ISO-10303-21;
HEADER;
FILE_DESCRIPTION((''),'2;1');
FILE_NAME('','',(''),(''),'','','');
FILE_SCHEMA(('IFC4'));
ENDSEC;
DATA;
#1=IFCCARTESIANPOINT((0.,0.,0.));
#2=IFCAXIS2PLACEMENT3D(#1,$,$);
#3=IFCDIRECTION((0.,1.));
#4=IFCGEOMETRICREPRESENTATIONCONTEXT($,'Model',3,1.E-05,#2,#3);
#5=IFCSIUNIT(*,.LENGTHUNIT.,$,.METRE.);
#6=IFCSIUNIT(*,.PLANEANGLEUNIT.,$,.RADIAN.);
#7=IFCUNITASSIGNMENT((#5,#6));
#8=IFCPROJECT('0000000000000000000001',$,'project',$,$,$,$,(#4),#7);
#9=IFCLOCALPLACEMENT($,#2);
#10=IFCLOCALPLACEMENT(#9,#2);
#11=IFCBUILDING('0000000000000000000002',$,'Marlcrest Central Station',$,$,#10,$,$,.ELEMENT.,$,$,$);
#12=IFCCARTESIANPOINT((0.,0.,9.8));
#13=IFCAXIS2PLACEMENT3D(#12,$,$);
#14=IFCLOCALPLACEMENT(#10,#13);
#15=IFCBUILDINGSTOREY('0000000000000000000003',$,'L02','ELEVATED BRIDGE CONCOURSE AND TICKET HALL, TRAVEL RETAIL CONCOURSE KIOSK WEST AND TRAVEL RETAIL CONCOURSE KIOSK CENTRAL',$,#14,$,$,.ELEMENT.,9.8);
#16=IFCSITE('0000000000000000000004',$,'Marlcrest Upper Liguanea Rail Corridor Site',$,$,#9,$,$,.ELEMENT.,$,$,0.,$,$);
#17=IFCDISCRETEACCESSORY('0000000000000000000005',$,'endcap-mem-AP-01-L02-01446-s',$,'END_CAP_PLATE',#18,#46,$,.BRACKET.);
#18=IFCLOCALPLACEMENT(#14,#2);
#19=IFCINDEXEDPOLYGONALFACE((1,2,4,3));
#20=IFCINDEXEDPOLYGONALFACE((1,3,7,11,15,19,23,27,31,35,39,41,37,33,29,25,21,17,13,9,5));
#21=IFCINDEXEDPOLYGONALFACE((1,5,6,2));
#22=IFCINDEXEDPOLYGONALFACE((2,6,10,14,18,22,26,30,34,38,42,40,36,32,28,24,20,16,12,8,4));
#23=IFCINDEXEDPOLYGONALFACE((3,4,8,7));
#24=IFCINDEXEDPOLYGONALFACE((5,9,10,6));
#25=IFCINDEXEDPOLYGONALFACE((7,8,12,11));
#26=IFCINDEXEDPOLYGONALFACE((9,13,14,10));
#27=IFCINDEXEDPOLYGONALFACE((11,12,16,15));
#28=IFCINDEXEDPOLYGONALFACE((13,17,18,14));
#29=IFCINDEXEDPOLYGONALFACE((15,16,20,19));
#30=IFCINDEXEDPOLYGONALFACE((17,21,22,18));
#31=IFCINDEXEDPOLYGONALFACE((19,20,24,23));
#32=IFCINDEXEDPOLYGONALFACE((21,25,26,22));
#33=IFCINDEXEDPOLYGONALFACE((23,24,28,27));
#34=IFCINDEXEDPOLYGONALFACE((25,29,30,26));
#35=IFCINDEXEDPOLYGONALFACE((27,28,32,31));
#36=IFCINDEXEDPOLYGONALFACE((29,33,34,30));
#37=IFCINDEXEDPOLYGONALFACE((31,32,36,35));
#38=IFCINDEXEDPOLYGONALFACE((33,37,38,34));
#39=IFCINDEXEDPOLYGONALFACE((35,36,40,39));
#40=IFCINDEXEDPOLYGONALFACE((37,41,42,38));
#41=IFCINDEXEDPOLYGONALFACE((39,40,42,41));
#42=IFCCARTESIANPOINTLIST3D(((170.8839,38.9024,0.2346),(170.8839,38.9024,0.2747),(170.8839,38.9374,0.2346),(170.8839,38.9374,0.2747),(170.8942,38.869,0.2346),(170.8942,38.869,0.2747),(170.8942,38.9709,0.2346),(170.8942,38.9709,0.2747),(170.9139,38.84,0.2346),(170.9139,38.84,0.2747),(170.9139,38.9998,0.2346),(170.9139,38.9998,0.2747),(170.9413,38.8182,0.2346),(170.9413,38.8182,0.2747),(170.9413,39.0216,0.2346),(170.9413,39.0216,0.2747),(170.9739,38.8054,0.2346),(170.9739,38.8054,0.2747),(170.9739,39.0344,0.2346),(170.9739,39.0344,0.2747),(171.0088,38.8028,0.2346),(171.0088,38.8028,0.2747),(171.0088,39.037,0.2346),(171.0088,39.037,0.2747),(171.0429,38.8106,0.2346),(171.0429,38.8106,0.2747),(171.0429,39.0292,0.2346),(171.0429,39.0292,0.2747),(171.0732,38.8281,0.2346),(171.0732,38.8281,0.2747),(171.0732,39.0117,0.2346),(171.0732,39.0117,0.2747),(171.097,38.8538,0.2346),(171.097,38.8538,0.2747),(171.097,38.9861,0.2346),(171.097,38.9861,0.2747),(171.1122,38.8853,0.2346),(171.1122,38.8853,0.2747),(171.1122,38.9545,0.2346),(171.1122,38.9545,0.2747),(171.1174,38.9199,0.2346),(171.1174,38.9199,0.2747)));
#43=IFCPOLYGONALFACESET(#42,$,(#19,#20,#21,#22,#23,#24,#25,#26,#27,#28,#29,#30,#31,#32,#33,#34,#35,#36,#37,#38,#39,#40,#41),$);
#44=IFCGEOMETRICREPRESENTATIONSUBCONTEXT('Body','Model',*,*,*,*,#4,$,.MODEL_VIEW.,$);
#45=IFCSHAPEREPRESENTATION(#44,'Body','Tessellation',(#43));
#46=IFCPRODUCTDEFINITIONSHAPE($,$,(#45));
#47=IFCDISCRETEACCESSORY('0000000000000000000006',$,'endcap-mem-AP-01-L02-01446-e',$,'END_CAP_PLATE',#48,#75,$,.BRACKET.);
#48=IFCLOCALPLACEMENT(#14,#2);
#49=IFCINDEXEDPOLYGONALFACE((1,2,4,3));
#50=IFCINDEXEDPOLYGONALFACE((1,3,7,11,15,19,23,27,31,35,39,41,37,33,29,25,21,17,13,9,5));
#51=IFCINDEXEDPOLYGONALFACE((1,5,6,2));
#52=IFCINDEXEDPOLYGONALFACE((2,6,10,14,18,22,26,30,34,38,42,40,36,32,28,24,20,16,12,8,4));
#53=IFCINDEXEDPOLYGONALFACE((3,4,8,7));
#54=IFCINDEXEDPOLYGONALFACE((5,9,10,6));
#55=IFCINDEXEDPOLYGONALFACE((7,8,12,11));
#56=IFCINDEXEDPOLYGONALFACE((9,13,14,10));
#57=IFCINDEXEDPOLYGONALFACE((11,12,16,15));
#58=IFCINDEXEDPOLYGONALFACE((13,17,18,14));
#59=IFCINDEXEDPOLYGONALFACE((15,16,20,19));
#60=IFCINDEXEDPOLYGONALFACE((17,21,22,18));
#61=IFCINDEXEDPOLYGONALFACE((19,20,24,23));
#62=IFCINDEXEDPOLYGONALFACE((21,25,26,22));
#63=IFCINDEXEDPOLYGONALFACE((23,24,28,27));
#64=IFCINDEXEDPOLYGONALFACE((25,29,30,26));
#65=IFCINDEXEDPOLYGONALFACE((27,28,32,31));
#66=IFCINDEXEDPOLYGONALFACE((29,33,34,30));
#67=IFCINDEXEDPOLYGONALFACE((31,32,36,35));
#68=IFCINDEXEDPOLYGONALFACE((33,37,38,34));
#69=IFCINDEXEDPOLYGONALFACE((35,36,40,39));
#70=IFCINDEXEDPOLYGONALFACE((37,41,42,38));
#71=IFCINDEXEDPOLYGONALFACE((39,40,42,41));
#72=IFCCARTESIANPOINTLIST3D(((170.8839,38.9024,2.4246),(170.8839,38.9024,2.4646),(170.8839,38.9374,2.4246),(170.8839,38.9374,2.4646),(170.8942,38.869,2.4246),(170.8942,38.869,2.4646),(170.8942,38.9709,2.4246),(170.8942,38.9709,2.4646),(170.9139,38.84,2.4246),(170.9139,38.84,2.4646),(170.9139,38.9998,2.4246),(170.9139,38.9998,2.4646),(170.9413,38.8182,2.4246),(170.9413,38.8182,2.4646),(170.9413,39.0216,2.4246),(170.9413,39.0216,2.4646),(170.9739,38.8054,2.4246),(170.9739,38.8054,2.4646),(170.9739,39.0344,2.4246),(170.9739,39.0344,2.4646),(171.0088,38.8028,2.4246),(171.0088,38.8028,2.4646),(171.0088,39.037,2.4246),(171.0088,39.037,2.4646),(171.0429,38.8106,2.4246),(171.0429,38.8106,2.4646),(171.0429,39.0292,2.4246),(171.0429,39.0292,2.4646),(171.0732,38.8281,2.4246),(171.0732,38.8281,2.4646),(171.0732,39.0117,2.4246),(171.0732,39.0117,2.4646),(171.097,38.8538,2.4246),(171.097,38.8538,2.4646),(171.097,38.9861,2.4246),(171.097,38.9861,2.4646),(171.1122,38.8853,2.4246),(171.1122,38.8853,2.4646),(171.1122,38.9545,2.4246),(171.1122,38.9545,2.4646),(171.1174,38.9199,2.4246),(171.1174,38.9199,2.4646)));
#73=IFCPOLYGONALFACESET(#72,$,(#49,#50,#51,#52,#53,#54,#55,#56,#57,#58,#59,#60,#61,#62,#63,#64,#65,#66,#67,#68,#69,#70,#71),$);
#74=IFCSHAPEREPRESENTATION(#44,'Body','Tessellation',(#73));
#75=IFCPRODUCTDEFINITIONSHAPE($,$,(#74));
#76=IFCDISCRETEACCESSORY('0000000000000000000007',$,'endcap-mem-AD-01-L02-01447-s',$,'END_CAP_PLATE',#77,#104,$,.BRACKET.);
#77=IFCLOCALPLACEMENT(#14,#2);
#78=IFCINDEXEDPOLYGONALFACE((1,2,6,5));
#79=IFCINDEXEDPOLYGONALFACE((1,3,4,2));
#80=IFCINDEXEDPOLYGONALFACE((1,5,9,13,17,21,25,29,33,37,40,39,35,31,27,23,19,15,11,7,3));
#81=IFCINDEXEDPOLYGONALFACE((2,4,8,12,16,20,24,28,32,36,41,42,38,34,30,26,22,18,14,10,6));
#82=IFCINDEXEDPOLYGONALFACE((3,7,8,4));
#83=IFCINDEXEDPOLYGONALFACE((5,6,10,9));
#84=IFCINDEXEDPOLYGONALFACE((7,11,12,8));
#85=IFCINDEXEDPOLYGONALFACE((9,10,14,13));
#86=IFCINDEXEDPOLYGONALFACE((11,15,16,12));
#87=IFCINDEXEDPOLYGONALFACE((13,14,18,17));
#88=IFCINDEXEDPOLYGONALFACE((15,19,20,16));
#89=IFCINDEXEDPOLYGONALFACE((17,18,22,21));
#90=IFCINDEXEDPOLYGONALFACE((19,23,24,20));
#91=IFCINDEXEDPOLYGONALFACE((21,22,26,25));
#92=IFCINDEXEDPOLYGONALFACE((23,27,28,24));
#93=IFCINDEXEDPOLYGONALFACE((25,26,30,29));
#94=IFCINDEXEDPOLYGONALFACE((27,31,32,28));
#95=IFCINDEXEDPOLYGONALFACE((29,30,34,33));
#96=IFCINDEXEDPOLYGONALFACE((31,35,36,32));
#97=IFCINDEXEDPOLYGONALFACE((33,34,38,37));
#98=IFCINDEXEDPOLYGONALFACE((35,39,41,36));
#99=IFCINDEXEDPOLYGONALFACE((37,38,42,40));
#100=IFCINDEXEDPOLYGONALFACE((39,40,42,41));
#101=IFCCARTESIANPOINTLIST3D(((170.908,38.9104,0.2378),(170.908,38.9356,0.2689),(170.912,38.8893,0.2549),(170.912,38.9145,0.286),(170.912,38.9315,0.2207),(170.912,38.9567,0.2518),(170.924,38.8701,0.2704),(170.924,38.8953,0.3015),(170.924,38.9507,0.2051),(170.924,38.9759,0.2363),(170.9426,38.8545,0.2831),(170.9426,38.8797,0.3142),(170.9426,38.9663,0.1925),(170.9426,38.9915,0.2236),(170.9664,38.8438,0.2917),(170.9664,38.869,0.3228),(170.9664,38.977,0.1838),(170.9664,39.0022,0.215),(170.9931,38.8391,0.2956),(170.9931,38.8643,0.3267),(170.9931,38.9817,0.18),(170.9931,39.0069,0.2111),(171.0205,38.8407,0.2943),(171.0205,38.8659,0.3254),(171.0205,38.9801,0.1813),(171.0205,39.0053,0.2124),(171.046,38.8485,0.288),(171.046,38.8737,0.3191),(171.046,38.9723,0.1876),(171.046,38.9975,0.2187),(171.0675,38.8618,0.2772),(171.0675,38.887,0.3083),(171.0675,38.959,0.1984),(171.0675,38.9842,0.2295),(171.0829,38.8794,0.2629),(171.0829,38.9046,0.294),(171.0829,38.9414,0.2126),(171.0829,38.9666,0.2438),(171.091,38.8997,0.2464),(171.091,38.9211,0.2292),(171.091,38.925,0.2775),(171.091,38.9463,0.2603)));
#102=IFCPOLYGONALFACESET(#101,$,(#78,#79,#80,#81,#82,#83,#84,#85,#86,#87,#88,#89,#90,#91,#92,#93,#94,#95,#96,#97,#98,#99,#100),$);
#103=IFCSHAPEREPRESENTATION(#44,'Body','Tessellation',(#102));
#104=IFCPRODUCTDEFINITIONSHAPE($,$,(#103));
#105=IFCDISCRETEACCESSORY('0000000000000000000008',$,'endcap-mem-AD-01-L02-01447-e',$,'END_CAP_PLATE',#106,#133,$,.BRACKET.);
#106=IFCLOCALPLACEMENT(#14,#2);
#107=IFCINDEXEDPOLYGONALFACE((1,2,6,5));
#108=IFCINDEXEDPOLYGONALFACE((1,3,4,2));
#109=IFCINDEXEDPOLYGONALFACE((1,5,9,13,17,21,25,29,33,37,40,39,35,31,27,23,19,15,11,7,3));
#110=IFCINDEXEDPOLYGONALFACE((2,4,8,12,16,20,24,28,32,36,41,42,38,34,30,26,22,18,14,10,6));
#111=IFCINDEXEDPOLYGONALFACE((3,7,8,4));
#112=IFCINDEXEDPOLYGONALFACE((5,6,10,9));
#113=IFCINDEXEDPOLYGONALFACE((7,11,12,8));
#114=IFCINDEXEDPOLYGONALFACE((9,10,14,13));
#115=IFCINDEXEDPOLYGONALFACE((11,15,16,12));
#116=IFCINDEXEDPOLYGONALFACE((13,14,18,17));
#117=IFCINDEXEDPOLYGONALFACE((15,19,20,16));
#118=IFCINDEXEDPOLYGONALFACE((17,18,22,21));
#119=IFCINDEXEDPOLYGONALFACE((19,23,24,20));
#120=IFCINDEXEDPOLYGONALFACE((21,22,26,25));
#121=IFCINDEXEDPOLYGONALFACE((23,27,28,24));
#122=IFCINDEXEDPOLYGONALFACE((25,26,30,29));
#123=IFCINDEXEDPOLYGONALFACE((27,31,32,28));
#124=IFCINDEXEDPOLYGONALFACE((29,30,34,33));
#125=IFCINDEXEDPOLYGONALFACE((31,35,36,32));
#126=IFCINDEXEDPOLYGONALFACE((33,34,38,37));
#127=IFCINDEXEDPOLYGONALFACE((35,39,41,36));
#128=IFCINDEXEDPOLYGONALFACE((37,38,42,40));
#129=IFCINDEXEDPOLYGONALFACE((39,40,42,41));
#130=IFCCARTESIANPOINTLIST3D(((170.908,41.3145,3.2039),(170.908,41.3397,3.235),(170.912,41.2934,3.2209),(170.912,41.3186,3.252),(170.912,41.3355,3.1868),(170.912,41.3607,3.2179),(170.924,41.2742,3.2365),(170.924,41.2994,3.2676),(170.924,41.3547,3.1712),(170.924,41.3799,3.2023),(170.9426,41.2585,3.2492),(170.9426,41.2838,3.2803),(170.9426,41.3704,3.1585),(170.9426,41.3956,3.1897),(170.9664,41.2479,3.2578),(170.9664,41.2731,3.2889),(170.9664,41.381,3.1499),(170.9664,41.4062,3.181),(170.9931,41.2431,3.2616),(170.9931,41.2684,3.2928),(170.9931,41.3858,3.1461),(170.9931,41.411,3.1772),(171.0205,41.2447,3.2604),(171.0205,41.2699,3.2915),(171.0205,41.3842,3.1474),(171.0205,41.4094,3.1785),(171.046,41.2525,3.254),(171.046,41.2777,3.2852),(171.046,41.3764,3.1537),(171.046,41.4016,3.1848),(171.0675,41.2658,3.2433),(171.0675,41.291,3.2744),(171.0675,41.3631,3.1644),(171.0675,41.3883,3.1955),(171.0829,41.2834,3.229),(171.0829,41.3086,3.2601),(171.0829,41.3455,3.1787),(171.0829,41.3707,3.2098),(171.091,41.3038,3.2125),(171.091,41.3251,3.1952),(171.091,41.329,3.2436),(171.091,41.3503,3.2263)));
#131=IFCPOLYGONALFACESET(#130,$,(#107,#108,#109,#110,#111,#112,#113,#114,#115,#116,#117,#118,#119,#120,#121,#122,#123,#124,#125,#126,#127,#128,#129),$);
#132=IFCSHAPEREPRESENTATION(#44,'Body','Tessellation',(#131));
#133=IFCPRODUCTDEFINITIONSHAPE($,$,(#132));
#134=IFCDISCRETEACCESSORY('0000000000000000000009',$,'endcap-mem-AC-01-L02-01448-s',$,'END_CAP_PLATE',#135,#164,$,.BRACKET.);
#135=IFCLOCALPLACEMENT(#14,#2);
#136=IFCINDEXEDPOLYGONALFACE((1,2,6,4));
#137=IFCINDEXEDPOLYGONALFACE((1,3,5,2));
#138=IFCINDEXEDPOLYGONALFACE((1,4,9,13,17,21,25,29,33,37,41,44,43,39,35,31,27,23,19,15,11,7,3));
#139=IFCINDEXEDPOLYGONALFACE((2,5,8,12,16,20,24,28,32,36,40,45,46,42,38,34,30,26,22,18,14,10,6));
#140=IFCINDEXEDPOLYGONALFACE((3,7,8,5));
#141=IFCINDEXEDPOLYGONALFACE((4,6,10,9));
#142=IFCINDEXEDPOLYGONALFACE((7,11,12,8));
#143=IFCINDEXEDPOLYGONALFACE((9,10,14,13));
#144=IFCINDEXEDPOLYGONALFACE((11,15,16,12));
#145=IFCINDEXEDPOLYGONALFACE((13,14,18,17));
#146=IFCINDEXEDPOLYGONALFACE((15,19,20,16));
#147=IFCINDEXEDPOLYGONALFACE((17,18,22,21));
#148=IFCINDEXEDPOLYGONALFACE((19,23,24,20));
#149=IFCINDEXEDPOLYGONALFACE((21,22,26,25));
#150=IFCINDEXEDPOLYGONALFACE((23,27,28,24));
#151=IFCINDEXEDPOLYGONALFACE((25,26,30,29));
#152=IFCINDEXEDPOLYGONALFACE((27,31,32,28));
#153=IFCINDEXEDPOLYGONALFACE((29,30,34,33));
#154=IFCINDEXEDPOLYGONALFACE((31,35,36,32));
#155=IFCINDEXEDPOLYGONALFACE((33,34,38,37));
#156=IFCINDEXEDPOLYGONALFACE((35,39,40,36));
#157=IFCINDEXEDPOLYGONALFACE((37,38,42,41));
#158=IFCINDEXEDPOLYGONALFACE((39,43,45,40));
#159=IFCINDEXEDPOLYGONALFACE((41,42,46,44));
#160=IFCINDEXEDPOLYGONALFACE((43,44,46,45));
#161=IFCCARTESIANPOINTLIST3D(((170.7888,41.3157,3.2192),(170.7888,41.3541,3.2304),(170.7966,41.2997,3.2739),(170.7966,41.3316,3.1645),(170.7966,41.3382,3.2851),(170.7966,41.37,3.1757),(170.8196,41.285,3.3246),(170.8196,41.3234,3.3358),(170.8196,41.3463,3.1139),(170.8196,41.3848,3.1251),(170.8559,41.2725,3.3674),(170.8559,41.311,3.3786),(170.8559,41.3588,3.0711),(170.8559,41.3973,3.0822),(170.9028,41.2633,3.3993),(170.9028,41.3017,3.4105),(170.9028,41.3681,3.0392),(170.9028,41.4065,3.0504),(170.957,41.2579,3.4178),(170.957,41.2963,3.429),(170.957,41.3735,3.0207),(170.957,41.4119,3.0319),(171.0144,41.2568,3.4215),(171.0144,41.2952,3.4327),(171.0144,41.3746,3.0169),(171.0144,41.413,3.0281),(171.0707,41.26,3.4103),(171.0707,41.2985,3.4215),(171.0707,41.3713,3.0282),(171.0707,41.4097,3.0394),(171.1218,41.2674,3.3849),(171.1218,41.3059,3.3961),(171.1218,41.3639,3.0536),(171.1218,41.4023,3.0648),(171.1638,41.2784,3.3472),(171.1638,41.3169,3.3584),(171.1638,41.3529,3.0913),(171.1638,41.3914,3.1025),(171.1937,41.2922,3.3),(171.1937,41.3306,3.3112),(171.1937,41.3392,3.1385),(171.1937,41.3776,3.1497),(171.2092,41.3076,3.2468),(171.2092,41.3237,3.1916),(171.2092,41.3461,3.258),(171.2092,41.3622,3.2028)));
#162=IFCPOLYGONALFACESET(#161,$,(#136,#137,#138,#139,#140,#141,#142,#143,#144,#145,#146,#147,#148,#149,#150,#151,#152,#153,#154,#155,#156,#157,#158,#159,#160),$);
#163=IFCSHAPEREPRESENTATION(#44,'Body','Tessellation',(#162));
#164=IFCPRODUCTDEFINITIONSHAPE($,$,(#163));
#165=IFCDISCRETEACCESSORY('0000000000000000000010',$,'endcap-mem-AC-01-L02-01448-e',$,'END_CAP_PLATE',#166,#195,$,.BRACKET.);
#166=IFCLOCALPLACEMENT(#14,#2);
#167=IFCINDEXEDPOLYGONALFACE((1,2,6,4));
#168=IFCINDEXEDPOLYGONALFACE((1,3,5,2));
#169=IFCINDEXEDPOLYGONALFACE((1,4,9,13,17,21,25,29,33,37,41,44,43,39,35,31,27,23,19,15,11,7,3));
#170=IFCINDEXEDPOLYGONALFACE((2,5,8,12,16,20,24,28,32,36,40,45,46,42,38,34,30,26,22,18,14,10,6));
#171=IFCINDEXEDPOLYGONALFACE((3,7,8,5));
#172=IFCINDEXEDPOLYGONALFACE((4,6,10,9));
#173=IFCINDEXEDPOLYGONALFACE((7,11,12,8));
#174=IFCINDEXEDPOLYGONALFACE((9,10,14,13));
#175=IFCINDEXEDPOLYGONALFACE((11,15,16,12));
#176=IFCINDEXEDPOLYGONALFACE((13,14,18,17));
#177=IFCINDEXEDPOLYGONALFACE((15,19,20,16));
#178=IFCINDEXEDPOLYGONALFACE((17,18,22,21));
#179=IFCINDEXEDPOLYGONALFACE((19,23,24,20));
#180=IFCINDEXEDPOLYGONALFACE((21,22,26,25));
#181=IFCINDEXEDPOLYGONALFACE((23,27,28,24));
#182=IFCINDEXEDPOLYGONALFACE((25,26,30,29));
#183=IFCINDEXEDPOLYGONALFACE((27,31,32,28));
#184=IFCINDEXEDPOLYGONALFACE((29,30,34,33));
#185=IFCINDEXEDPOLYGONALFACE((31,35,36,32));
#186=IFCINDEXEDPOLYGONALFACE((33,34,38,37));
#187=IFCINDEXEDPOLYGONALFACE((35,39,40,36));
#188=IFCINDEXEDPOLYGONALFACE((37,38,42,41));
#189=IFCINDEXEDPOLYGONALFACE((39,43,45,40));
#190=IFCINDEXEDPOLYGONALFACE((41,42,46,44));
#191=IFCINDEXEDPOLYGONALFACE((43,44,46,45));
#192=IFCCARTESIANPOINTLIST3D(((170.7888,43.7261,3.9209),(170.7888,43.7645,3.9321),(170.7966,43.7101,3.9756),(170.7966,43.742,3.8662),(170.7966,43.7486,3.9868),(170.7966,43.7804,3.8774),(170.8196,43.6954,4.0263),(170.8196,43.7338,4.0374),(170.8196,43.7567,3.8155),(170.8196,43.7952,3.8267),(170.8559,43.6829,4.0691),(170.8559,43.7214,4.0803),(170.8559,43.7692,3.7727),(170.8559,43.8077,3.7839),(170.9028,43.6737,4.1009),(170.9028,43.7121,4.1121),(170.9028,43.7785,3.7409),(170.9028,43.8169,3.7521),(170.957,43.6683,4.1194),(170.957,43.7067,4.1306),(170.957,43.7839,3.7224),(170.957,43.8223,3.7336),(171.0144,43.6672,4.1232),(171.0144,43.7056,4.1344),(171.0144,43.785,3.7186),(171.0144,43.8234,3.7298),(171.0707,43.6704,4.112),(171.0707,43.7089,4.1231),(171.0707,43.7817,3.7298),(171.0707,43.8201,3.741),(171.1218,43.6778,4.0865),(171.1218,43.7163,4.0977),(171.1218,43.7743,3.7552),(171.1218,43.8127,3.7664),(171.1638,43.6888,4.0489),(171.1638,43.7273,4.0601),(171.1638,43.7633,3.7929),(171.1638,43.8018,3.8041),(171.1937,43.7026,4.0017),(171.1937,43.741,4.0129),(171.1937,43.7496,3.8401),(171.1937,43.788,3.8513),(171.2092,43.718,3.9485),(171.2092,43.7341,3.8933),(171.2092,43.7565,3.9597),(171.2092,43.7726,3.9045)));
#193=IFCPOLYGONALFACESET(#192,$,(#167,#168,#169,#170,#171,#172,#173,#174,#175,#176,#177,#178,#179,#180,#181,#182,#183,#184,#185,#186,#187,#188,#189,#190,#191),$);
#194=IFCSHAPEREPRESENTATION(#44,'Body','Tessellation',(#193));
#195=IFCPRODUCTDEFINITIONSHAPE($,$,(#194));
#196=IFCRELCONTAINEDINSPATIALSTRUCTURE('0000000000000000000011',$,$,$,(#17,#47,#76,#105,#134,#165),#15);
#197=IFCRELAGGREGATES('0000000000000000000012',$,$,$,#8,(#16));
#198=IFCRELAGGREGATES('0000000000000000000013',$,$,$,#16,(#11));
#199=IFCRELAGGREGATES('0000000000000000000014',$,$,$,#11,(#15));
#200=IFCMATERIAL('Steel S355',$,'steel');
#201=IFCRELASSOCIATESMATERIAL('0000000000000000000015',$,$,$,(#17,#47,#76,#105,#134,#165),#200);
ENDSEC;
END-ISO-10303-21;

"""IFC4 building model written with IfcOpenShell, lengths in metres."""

from ifc_helpers import new_model, si_unit, direction, frame, origin, origin_2d, place, context, subcontext, project, spatial, circle, extrude, material, element, save


model = new_model("IFC4")

# Units and contexts
model_context = context("Model", 3, precision=1e-05, world=origin(), true_north=direction((0.0, 1.0)))
body_context = subcontext(model_context, "Body", "Model", "MODEL_VIEW")
ifc_project = project(units=[si_unit("LENGTHUNIT", "METRE"), si_unit("PLANEANGLEUNIT", "RADIAN")], contexts=[model_context])

# Site, building, storey
site_placement = place(None, origin())
site = spatial("IfcSite", under=ifc_project, at=site_placement, Name="Marlcrest Upper Liguanea Rail Corridor Site", CompositionType="ELEMENT", RefElevation=0.0)
building_placement = place(site_placement, origin())
building = spatial("IfcBuilding", under=site, at=building_placement, Name="Marlcrest Central Station", CompositionType="ELEMENT")
storey_placement = place(building_placement, frame((0.0, 0.0, 9.8)))
storey = spatial("IfcBuildingStorey", under=building, at=storey_placement, Name="L02", Description="ELEVATED BRIDGE CONCOURSE AND TICKET HALL, TRAVEL RETAIL CONCOURSE KIOSK WEST AND TRAVEL RETAIL CONCOURSE KIOSK CENTRAL", CompositionType="ELEMENT", Elevation=9.8)

# Shared definitions
ifc_material_1 = material(Name="Steel S355", Category="steel")

# Discrete accessories
for number, where, z_axis, x_axis, name in (
    (1, (171.0, 38.9199, 0.2346), (0.0, 0.0, 1.0), (1.0, 0.0, 0.0), "endcap-mem-AP-01-L02-01446-s"),
    (2, (171.0, 38.9199, 2.4246), (0.0, 0.0, 1.0), (1.0, 0.0, 0.0), "endcap-mem-AP-01-L02-01446-e"),
):
    element("IfcDiscreteAccessory", number, at=place(storey_placement, frame(where, z_axis=z_axis, x_axis=x_axis)), inside=storey, material=ifc_material_1, Name=name, ObjectType="END_CAP_PLATE", PredefinedType="BRACKET", context=body_context, shape_type="SweptSolid", body=[
        extrude(circle(Radius=0.1174, at=origin_2d()), origin(), (0.0, 0.0, 1.0), 0.04),
    ])
for number, where, z_axis, x_axis, name in (
    (3, (171.0, 38.9104, 0.2378), (0.0, 0.629629, 0.776896), (-1.0, 0.0, 0.0), "endcap-mem-AD-01-L02-01447-s"),
    (4, (171.0, 41.3145, 3.2039), (0.0, 0.629629, 0.776896), (-1.0, 0.0, 0.0), "endcap-mem-AD-01-L02-01447-e"),
):
    element("IfcDiscreteAccessory", number, at=place(storey_placement, frame(where, z_axis=z_axis, x_axis=x_axis)), inside=storey, material=ifc_material_1, Name=name, ObjectType="END_CAP_PLATE", PredefinedType="BRACKET", context=body_context, shape_type="SweptSolid", body=[
        extrude(circle(Radius=0.092, at=origin_2d()), origin(), (0.0, 0.0, 1.0), 0.04),
    ])
for number, where, z_axis, x_axis, name in (
    (5, (171.0, 41.3157, 3.2192), (0.0, 0.96013, 0.279554), (-1.0, 0.0, 0.0), "endcap-mem-AC-01-L02-01448-s"),
    (6, (171.0, 43.7261, 3.9209), (0.0, 0.96013, 0.279554), (-1.0, 0.0, 0.0), "endcap-mem-AC-01-L02-01448-e"),
):
    element("IfcDiscreteAccessory", number, at=place(storey_placement, frame(where, z_axis=z_axis, x_axis=x_axis)), inside=storey, material=ifc_material_1, Name=name, ObjectType="END_CAP_PLATE", PredefinedType="BRACKET", context=body_context, shape_type="SweptSolid", body=[
        extrude(circle(Radius=0.2112, at=origin_2d()), origin(), (0.0, 0.0, 1.0), 0.04),
    ])

save(model, "model.ifc")
